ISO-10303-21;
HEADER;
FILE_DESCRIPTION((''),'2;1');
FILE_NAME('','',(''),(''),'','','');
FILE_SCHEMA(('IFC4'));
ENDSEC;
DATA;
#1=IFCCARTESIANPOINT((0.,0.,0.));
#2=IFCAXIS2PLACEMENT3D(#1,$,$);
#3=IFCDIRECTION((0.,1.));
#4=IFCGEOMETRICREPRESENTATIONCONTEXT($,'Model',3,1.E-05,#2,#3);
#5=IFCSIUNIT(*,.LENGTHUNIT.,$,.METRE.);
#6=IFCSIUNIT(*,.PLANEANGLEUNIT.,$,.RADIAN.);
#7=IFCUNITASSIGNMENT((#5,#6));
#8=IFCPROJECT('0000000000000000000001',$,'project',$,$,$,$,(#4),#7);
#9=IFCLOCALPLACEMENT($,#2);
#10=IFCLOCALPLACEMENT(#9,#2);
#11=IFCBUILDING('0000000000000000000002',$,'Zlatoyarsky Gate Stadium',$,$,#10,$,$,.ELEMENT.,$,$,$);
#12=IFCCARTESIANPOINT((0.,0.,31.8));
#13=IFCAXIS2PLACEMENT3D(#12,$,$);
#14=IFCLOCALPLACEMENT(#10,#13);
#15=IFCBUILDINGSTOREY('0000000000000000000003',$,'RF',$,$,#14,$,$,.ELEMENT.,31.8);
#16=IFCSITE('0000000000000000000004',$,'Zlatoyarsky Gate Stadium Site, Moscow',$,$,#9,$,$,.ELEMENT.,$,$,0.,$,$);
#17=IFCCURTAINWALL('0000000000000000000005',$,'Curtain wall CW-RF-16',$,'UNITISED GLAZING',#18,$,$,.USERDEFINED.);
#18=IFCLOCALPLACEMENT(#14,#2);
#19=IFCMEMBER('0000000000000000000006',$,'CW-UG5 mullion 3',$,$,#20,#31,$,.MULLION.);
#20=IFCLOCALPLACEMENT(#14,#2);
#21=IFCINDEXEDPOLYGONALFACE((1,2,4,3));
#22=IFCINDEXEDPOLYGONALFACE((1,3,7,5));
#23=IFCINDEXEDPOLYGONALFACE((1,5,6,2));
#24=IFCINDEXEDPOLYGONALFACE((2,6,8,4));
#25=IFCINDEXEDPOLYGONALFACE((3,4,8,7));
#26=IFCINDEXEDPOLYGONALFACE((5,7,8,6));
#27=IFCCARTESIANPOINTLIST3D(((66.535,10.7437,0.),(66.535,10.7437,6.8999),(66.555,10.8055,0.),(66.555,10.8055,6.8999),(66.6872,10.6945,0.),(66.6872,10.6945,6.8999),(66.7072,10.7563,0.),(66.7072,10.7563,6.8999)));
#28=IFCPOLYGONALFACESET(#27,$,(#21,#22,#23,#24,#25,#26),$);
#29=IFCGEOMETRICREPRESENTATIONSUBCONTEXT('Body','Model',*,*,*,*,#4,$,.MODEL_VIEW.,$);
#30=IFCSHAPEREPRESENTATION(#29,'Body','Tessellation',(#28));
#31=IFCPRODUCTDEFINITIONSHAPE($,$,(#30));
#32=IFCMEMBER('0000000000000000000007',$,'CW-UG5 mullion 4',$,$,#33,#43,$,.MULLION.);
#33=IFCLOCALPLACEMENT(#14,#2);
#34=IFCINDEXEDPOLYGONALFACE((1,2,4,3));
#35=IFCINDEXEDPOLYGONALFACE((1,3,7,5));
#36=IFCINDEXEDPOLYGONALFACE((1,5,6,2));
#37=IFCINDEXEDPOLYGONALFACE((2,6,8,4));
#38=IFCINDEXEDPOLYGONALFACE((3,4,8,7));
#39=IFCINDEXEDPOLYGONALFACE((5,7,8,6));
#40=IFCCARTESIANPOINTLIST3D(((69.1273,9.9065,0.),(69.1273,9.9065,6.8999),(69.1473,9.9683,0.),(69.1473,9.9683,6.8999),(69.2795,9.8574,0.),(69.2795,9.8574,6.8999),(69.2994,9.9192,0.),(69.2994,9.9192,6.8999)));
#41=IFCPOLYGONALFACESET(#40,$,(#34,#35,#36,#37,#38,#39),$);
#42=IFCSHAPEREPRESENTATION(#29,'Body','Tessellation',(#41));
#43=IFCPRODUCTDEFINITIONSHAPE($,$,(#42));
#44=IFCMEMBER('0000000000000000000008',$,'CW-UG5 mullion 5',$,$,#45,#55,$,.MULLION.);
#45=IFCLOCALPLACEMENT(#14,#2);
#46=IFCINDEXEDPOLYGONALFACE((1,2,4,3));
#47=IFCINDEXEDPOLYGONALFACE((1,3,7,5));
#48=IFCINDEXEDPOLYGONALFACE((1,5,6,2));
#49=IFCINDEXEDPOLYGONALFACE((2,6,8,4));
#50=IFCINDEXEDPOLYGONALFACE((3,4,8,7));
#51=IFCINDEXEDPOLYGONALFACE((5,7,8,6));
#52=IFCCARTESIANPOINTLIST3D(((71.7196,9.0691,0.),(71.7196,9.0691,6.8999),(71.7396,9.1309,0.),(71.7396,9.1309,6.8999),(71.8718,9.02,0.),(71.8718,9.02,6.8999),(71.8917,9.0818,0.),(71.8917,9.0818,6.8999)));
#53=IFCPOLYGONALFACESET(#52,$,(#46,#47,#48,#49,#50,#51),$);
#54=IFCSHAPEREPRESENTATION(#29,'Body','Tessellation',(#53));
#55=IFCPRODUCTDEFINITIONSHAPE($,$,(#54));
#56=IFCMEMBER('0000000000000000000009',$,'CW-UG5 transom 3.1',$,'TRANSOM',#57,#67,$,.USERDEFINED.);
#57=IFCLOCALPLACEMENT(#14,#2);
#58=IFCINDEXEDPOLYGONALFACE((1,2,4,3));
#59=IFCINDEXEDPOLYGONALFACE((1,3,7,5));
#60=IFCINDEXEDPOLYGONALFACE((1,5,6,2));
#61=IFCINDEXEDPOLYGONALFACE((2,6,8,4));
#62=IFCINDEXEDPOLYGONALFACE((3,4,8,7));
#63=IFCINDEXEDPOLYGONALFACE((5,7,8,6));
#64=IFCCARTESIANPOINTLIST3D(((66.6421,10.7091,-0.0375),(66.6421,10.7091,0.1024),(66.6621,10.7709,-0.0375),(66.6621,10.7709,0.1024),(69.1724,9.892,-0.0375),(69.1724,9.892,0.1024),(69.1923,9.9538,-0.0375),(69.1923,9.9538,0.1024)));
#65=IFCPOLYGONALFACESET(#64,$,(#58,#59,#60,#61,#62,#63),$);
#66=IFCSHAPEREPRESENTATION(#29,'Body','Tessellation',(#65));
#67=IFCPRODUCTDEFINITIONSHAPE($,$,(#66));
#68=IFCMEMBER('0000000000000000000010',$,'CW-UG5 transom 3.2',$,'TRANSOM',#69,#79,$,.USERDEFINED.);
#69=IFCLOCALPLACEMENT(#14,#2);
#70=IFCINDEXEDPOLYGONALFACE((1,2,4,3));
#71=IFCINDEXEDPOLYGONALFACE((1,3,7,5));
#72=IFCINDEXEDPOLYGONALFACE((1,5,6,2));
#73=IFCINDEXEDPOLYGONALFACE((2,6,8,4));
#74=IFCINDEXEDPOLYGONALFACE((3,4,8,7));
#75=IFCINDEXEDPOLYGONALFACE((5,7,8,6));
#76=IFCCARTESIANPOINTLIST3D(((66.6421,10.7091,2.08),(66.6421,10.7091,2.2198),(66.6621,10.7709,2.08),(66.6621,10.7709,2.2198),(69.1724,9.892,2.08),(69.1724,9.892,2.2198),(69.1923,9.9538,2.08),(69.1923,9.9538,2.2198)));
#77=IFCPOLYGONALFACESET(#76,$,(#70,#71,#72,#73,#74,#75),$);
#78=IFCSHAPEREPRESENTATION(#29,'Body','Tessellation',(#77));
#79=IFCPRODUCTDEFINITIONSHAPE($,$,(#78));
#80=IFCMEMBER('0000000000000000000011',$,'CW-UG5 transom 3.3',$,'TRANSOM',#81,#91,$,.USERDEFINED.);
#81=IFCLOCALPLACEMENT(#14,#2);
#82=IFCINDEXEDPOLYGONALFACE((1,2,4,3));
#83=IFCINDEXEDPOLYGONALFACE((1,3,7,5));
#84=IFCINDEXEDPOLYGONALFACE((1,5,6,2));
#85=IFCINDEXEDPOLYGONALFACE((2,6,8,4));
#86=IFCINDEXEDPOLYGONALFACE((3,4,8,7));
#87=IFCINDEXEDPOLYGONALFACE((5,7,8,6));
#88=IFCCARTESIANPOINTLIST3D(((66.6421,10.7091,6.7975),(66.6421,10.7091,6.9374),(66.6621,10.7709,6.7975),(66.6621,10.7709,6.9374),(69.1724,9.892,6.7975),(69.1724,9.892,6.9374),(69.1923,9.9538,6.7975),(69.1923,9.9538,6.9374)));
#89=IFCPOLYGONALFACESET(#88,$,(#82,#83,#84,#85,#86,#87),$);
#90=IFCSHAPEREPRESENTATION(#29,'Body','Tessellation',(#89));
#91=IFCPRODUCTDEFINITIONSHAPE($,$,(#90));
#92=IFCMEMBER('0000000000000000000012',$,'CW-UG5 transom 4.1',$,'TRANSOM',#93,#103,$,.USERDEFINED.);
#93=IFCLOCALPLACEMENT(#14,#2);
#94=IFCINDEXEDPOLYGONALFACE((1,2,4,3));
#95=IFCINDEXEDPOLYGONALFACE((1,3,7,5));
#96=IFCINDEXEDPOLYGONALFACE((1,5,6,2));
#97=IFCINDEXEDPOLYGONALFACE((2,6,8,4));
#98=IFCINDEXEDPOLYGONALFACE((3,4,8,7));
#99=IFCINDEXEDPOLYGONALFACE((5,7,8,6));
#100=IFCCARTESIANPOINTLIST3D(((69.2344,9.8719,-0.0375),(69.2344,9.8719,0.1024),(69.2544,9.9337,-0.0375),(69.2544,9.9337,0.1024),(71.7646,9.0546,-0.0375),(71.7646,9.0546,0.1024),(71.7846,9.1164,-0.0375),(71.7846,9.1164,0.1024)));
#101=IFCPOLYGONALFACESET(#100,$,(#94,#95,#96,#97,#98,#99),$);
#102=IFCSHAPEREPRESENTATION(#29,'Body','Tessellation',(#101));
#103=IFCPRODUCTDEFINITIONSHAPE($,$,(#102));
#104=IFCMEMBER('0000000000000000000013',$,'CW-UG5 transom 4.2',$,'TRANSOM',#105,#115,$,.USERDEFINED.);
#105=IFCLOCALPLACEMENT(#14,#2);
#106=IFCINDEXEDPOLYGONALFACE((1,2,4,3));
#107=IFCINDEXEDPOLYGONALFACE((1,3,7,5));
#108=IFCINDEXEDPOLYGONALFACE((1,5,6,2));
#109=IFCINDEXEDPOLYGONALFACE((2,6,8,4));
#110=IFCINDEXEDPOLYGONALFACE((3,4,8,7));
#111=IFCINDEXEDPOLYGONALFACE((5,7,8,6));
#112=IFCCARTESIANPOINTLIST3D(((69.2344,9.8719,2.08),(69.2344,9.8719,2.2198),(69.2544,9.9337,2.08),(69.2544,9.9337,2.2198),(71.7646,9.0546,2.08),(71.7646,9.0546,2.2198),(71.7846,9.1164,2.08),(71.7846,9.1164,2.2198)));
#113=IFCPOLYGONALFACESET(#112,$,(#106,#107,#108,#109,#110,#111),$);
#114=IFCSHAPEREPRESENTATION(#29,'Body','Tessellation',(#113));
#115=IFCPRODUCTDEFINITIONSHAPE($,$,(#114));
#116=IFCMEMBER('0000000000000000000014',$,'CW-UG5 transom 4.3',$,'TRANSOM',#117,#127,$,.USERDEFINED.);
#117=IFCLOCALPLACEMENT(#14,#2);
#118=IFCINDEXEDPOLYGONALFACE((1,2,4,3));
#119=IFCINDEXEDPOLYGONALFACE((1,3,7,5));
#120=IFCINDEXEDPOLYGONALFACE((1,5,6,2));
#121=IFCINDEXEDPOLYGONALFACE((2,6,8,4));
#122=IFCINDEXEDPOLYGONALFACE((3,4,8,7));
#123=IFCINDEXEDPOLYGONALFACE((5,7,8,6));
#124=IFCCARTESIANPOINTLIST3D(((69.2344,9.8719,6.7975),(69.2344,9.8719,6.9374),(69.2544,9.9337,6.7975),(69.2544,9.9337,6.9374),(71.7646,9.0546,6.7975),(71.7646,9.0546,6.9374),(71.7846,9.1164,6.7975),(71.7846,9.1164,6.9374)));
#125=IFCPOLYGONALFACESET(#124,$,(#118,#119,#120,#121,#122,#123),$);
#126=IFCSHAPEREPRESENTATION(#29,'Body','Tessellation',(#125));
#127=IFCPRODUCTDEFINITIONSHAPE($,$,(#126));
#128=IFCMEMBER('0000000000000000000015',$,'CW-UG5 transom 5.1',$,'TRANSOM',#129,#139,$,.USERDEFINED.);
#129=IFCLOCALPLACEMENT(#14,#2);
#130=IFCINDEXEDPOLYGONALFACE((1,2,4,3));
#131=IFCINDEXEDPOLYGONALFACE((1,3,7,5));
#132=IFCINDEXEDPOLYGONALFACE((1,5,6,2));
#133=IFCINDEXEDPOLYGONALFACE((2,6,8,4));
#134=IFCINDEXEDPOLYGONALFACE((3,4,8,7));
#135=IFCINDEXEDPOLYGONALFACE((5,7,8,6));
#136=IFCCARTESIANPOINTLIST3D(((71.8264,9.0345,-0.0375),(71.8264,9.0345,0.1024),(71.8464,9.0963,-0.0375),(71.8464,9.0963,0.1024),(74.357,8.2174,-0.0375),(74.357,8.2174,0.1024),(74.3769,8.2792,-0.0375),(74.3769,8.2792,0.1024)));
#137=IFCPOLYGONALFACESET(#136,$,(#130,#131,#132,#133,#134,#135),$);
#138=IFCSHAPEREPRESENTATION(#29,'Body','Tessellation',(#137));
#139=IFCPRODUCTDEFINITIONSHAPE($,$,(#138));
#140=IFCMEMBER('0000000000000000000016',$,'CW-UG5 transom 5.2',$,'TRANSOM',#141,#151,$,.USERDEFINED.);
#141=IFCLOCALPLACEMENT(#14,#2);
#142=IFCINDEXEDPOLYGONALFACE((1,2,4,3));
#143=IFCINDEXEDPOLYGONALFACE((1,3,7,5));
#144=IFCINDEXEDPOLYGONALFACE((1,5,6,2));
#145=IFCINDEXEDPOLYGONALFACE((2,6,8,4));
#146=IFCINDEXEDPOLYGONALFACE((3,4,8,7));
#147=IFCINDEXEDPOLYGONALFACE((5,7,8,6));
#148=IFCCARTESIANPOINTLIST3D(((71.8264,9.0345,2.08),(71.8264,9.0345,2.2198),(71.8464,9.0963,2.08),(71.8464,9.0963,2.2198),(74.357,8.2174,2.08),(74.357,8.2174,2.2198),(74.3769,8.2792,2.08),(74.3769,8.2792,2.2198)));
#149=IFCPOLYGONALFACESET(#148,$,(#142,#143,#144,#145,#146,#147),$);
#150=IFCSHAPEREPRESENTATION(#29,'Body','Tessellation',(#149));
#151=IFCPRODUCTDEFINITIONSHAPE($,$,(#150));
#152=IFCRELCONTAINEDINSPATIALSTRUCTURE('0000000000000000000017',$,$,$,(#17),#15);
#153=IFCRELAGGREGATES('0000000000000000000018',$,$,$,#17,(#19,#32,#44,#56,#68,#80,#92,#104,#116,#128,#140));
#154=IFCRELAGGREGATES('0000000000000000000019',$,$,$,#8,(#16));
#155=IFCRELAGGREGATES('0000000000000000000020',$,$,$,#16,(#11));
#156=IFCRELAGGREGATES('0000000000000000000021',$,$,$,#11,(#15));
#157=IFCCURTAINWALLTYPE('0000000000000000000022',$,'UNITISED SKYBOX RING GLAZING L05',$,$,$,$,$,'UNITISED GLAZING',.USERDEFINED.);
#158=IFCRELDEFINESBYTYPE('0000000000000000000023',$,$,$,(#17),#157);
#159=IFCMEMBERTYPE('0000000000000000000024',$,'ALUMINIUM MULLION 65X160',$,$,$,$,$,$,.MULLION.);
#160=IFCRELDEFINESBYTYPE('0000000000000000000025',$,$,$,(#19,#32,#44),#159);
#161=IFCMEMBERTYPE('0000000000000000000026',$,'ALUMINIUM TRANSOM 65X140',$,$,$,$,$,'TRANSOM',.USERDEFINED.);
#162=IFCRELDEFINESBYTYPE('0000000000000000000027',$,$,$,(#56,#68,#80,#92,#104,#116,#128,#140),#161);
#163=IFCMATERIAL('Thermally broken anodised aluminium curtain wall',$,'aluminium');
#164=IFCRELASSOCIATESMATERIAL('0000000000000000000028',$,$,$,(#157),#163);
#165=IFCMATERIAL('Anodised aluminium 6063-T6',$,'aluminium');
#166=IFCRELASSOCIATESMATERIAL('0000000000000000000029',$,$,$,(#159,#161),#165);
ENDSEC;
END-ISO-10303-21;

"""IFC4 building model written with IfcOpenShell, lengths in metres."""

from ifc_helpers import new_model, si_unit, direction, frame, origin, origin_2d, place, context, subcontext, project, spatial, rectangle, extrude, material, material_profile, profile_set, type_object, element, aggregate, save


model = new_model("IFC4")

# Units and contexts
model_context = context("Model", 3, precision=1e-05, world=origin(), true_north=direction((0.0, 1.0)))
body_context = subcontext(model_context, "Body", "Model", "MODEL_VIEW")
ifc_project = project(units=[si_unit("LENGTHUNIT", "METRE"), si_unit("PLANEANGLEUNIT", "RADIAN")], contexts=[model_context])

# Site, building, storey
site_placement = place(None, origin())
site = spatial("IfcSite", under=ifc_project, at=site_placement, Name="Zlatoyarsky Gate Stadium Site, Moscow", CompositionType="ELEMENT", RefElevation=0.0)
building_placement = place(site_placement, origin())
building = spatial("IfcBuilding", under=site, at=building_placement, Name="Zlatoyarsky Gate Stadium", CompositionType="ELEMENT")
storey_placement = place(building_placement, frame((0.0, 0.0, 31.8)))
storey = spatial("IfcBuildingStorey", under=building, at=storey_placement, Name="RF", CompositionType="ELEMENT", Elevation=31.8)

# Curtain wall, members
ifc_material_1 = material(Name="Thermally broken anodised aluminium curtain wall", Category="aluminium")
curtain_wall_type = type_object("IfcCurtainWallType", Name="UNITISED SKYBOX RING GLAZING L05", ElementType="UNITISED GLAZING", PredefinedType="USERDEFINED", material=ifc_material_1)
curtain_wall_placement = place(storey_placement, origin())
curtain_wall = element("IfcCurtainWall", 1, at=curtain_wall_placement, inside=storey, type_object=curtain_wall_type, Name="Curtain wall CW-RF-16", ObjectType="UNITISED GLAZING", PredefinedType="USERDEFINED")
ifc_material_2 = material(Name="Anodised aluminium 6063-T6", Category="aluminium")
ifc_material_profile_1 = material_profile(ifc_material_2, rectangle(XDim=0.0649, YDim=0.1599, at=origin_2d()), Name="ALU 65X160")
ifc_profile_set_1 = profile_set([ifc_material_profile_1], Name="Anodised aluminium 6063-T6")
member_type_1 = type_object("IfcMemberType", Name="ALUMINIUM MULLION 65X160", PredefinedType="MULLION", material=ifc_profile_set_1)
member_1_placement = place(storey_placement, frame((66.6211, 10.75, 0.0), z_axis=(0.0, 0.0, 1.0), x_axis=(0.307352, 0.951596, 0.0)))
member_1 = element("IfcMember", 2, at=member_1_placement, type_object=member_type_1, Name="CW-UG5 mullion 3", PredefinedType="MULLION", context=body_context, shape_type="SweptSolid", body=[
    extrude(rectangle(XDim=0.0649, YDim=0.1599, at=origin_2d()), origin(), (0.0, 0.0, 1.0), 6.8999),
])
member_2_placement = place(storey_placement, frame((69.2134, 9.9128, 0.0), z_axis=(0.0, 0.0, 1.0), x_axis=(0.307352, 0.951596, 0.0)))
member_2 = element("IfcMember", 3, at=member_2_placement, type_object=member_type_1, Name="CW-UG5 mullion 4", PredefinedType="MULLION", context=body_context, shape_type="SweptSolid", body=[
    extrude(rectangle(XDim=0.0649, YDim=0.1599, at=origin_2d()), origin(), (0.0, 0.0, 1.0), 6.8999),
])
member_3_placement = place(storey_placement, frame((71.8057, 9.0754, 0.0), z_axis=(0.0, 0.0, 1.0), x_axis=(0.307352, 0.951596, 0.0)))
member_3 = element("IfcMember", 4, at=member_3_placement, type_object=member_type_1, Name="CW-UG5 mullion 5", PredefinedType="MULLION", context=body_context, shape_type="SweptSolid", body=[
    extrude(rectangle(XDim=0.0649, YDim=0.1599, at=origin_2d()), origin(), (0.0, 0.0, 1.0), 6.8999),
])
ifc_material_profile_2 = material_profile(ifc_material_2, rectangle(XDim=0.0649, YDim=0.1399, at=origin_2d()), Name="ALU 65X140")
ifc_profile_set_2 = profile_set([ifc_material_profile_2], Name="Anodised aluminium 6063-T6")
member_type_2 = type_object("IfcMemberType", Name="ALUMINIUM TRANSOM 65X140", ElementType="TRANSOM", PredefinedType="USERDEFINED", material=ifc_profile_set_2)
member_4_placement = place(storey_placement, frame((66.6521, 10.74, 0.0325), z_axis=(0.951607, -0.307317, 0.0), x_axis=(0.307317, 0.951607, 0.0)))
member_4 = element("IfcMember", 5, at=member_4_placement, type_object=member_type_2, Name="CW-UG5 transom 3.1", ObjectType="TRANSOM", PredefinedType="USERDEFINED", context=body_context, shape_type="SweptSolid", body=[
    extrude(rectangle(XDim=0.0649, YDim=0.1399, at=origin_2d()), origin(), (0.0, 0.0, 1.0), 2.6589),
])
member_5_placement = place(storey_placement, frame((66.6521, 10.74, 2.1499), z_axis=(0.951607, -0.307317, 0.0), x_axis=(0.307317, 0.951607, 0.0)))
member_5 = element("IfcMember", 6, at=member_5_placement, type_object=member_type_2, Name="CW-UG5 transom 3.2", ObjectType="TRANSOM", PredefinedType="USERDEFINED", context=body_context, shape_type="SweptSolid", body=[
    extrude(rectangle(XDim=0.0649, YDim=0.1399, at=origin_2d()), origin(), (0.0, 0.0, 1.0), 2.6589),
])
member_6_placement = place(storey_placement, frame((66.6521, 10.74, 6.8674), z_axis=(0.951607, -0.307317, 0.0), x_axis=(0.307317, 0.951607, 0.0)))
member_6 = element("IfcMember", 7, at=member_6_placement, type_object=member_type_2, Name="CW-UG5 transom 3.3", ObjectType="TRANSOM", PredefinedType="USERDEFINED", context=body_context, shape_type="SweptSolid", body=[
    extrude(rectangle(XDim=0.0649, YDim=0.1399, at=origin_2d()), origin(), (0.0, 0.0, 1.0), 2.6589),
])
member_7_placement = place(storey_placement, frame((69.2444, 9.9028, 0.0325), z_axis=(0.95158, -0.3074, 0.0), x_axis=(0.3074, 0.95158, 0.0)))
member_7 = element("IfcMember", 8, at=member_7_placement, type_object=member_type_2, Name="CW-UG5 transom 4.1", ObjectType="TRANSOM", PredefinedType="USERDEFINED", context=body_context, shape_type="SweptSolid", body=[
    extrude(rectangle(XDim=0.0649, YDim=0.1399, at=origin_2d()), origin(), (0.0, 0.0, 1.0), 2.6589),
])
member_8_placement = place(storey_placement, frame((69.2444, 9.9028, 2.1499), z_axis=(0.95158, -0.3074, 0.0), x_axis=(0.3074, 0.95158, 0.0)))
member_8 = element("IfcMember", 9, at=member_8_placement, type_object=member_type_2, Name="CW-UG5 transom 4.2", ObjectType="TRANSOM", PredefinedType="USERDEFINED", context=body_context, shape_type="SweptSolid", body=[
    extrude(rectangle(XDim=0.0649, YDim=0.1399, at=origin_2d()), origin(), (0.0, 0.0, 1.0), 2.6589),
])
member_9_placement = place(storey_placement, frame((69.2444, 9.9028, 6.8674), z_axis=(0.95158, -0.3074, 0.0), x_axis=(0.3074, 0.95158, 0.0)))
member_9 = element("IfcMember", 10, at=member_9_placement, type_object=member_type_2, Name="CW-UG5 transom 4.3", ObjectType="TRANSOM", PredefinedType="USERDEFINED", context=body_context, shape_type="SweptSolid", body=[
    extrude(rectangle(XDim=0.0649, YDim=0.1399, at=origin_2d()), origin(), (0.0, 0.0, 1.0), 2.6589),
])
member_10_placement = place(storey_placement, frame((71.8364, 9.0654, 0.0325), z_axis=(0.951616, -0.30729, 0.0), x_axis=(0.30729, 0.951616, 0.0)))
member_10 = element("IfcMember", 11, at=member_10_placement, type_object=member_type_2, Name="CW-UG5 transom 5.1", ObjectType="TRANSOM", PredefinedType="USERDEFINED", context=body_context, shape_type="SweptSolid", body=[
    extrude(rectangle(XDim=0.0649, YDim=0.1399, at=origin_2d()), origin(), (0.0, 0.0, 1.0), 2.6592),
])
member_11_placement = place(storey_placement, frame((71.8364, 9.0654, 2.1499), z_axis=(0.951616, -0.30729, 0.0), x_axis=(0.30729, 0.951616, 0.0)))
member_11 = element("IfcMember", 12, at=member_11_placement, type_object=member_type_2, Name="CW-UG5 transom 5.2", ObjectType="TRANSOM", PredefinedType="USERDEFINED", context=body_context, shape_type="SweptSolid", body=[
    extrude(rectangle(XDim=0.0649, YDim=0.1399, at=origin_2d()), origin(), (0.0, 0.0, 1.0), 2.6592),
])

aggregate(curtain_wall, [member_1, member_2, member_3, member_4, member_5, member_6, member_7, member_8, member_9, member_10, member_11])

save(model, "model.ifc")
